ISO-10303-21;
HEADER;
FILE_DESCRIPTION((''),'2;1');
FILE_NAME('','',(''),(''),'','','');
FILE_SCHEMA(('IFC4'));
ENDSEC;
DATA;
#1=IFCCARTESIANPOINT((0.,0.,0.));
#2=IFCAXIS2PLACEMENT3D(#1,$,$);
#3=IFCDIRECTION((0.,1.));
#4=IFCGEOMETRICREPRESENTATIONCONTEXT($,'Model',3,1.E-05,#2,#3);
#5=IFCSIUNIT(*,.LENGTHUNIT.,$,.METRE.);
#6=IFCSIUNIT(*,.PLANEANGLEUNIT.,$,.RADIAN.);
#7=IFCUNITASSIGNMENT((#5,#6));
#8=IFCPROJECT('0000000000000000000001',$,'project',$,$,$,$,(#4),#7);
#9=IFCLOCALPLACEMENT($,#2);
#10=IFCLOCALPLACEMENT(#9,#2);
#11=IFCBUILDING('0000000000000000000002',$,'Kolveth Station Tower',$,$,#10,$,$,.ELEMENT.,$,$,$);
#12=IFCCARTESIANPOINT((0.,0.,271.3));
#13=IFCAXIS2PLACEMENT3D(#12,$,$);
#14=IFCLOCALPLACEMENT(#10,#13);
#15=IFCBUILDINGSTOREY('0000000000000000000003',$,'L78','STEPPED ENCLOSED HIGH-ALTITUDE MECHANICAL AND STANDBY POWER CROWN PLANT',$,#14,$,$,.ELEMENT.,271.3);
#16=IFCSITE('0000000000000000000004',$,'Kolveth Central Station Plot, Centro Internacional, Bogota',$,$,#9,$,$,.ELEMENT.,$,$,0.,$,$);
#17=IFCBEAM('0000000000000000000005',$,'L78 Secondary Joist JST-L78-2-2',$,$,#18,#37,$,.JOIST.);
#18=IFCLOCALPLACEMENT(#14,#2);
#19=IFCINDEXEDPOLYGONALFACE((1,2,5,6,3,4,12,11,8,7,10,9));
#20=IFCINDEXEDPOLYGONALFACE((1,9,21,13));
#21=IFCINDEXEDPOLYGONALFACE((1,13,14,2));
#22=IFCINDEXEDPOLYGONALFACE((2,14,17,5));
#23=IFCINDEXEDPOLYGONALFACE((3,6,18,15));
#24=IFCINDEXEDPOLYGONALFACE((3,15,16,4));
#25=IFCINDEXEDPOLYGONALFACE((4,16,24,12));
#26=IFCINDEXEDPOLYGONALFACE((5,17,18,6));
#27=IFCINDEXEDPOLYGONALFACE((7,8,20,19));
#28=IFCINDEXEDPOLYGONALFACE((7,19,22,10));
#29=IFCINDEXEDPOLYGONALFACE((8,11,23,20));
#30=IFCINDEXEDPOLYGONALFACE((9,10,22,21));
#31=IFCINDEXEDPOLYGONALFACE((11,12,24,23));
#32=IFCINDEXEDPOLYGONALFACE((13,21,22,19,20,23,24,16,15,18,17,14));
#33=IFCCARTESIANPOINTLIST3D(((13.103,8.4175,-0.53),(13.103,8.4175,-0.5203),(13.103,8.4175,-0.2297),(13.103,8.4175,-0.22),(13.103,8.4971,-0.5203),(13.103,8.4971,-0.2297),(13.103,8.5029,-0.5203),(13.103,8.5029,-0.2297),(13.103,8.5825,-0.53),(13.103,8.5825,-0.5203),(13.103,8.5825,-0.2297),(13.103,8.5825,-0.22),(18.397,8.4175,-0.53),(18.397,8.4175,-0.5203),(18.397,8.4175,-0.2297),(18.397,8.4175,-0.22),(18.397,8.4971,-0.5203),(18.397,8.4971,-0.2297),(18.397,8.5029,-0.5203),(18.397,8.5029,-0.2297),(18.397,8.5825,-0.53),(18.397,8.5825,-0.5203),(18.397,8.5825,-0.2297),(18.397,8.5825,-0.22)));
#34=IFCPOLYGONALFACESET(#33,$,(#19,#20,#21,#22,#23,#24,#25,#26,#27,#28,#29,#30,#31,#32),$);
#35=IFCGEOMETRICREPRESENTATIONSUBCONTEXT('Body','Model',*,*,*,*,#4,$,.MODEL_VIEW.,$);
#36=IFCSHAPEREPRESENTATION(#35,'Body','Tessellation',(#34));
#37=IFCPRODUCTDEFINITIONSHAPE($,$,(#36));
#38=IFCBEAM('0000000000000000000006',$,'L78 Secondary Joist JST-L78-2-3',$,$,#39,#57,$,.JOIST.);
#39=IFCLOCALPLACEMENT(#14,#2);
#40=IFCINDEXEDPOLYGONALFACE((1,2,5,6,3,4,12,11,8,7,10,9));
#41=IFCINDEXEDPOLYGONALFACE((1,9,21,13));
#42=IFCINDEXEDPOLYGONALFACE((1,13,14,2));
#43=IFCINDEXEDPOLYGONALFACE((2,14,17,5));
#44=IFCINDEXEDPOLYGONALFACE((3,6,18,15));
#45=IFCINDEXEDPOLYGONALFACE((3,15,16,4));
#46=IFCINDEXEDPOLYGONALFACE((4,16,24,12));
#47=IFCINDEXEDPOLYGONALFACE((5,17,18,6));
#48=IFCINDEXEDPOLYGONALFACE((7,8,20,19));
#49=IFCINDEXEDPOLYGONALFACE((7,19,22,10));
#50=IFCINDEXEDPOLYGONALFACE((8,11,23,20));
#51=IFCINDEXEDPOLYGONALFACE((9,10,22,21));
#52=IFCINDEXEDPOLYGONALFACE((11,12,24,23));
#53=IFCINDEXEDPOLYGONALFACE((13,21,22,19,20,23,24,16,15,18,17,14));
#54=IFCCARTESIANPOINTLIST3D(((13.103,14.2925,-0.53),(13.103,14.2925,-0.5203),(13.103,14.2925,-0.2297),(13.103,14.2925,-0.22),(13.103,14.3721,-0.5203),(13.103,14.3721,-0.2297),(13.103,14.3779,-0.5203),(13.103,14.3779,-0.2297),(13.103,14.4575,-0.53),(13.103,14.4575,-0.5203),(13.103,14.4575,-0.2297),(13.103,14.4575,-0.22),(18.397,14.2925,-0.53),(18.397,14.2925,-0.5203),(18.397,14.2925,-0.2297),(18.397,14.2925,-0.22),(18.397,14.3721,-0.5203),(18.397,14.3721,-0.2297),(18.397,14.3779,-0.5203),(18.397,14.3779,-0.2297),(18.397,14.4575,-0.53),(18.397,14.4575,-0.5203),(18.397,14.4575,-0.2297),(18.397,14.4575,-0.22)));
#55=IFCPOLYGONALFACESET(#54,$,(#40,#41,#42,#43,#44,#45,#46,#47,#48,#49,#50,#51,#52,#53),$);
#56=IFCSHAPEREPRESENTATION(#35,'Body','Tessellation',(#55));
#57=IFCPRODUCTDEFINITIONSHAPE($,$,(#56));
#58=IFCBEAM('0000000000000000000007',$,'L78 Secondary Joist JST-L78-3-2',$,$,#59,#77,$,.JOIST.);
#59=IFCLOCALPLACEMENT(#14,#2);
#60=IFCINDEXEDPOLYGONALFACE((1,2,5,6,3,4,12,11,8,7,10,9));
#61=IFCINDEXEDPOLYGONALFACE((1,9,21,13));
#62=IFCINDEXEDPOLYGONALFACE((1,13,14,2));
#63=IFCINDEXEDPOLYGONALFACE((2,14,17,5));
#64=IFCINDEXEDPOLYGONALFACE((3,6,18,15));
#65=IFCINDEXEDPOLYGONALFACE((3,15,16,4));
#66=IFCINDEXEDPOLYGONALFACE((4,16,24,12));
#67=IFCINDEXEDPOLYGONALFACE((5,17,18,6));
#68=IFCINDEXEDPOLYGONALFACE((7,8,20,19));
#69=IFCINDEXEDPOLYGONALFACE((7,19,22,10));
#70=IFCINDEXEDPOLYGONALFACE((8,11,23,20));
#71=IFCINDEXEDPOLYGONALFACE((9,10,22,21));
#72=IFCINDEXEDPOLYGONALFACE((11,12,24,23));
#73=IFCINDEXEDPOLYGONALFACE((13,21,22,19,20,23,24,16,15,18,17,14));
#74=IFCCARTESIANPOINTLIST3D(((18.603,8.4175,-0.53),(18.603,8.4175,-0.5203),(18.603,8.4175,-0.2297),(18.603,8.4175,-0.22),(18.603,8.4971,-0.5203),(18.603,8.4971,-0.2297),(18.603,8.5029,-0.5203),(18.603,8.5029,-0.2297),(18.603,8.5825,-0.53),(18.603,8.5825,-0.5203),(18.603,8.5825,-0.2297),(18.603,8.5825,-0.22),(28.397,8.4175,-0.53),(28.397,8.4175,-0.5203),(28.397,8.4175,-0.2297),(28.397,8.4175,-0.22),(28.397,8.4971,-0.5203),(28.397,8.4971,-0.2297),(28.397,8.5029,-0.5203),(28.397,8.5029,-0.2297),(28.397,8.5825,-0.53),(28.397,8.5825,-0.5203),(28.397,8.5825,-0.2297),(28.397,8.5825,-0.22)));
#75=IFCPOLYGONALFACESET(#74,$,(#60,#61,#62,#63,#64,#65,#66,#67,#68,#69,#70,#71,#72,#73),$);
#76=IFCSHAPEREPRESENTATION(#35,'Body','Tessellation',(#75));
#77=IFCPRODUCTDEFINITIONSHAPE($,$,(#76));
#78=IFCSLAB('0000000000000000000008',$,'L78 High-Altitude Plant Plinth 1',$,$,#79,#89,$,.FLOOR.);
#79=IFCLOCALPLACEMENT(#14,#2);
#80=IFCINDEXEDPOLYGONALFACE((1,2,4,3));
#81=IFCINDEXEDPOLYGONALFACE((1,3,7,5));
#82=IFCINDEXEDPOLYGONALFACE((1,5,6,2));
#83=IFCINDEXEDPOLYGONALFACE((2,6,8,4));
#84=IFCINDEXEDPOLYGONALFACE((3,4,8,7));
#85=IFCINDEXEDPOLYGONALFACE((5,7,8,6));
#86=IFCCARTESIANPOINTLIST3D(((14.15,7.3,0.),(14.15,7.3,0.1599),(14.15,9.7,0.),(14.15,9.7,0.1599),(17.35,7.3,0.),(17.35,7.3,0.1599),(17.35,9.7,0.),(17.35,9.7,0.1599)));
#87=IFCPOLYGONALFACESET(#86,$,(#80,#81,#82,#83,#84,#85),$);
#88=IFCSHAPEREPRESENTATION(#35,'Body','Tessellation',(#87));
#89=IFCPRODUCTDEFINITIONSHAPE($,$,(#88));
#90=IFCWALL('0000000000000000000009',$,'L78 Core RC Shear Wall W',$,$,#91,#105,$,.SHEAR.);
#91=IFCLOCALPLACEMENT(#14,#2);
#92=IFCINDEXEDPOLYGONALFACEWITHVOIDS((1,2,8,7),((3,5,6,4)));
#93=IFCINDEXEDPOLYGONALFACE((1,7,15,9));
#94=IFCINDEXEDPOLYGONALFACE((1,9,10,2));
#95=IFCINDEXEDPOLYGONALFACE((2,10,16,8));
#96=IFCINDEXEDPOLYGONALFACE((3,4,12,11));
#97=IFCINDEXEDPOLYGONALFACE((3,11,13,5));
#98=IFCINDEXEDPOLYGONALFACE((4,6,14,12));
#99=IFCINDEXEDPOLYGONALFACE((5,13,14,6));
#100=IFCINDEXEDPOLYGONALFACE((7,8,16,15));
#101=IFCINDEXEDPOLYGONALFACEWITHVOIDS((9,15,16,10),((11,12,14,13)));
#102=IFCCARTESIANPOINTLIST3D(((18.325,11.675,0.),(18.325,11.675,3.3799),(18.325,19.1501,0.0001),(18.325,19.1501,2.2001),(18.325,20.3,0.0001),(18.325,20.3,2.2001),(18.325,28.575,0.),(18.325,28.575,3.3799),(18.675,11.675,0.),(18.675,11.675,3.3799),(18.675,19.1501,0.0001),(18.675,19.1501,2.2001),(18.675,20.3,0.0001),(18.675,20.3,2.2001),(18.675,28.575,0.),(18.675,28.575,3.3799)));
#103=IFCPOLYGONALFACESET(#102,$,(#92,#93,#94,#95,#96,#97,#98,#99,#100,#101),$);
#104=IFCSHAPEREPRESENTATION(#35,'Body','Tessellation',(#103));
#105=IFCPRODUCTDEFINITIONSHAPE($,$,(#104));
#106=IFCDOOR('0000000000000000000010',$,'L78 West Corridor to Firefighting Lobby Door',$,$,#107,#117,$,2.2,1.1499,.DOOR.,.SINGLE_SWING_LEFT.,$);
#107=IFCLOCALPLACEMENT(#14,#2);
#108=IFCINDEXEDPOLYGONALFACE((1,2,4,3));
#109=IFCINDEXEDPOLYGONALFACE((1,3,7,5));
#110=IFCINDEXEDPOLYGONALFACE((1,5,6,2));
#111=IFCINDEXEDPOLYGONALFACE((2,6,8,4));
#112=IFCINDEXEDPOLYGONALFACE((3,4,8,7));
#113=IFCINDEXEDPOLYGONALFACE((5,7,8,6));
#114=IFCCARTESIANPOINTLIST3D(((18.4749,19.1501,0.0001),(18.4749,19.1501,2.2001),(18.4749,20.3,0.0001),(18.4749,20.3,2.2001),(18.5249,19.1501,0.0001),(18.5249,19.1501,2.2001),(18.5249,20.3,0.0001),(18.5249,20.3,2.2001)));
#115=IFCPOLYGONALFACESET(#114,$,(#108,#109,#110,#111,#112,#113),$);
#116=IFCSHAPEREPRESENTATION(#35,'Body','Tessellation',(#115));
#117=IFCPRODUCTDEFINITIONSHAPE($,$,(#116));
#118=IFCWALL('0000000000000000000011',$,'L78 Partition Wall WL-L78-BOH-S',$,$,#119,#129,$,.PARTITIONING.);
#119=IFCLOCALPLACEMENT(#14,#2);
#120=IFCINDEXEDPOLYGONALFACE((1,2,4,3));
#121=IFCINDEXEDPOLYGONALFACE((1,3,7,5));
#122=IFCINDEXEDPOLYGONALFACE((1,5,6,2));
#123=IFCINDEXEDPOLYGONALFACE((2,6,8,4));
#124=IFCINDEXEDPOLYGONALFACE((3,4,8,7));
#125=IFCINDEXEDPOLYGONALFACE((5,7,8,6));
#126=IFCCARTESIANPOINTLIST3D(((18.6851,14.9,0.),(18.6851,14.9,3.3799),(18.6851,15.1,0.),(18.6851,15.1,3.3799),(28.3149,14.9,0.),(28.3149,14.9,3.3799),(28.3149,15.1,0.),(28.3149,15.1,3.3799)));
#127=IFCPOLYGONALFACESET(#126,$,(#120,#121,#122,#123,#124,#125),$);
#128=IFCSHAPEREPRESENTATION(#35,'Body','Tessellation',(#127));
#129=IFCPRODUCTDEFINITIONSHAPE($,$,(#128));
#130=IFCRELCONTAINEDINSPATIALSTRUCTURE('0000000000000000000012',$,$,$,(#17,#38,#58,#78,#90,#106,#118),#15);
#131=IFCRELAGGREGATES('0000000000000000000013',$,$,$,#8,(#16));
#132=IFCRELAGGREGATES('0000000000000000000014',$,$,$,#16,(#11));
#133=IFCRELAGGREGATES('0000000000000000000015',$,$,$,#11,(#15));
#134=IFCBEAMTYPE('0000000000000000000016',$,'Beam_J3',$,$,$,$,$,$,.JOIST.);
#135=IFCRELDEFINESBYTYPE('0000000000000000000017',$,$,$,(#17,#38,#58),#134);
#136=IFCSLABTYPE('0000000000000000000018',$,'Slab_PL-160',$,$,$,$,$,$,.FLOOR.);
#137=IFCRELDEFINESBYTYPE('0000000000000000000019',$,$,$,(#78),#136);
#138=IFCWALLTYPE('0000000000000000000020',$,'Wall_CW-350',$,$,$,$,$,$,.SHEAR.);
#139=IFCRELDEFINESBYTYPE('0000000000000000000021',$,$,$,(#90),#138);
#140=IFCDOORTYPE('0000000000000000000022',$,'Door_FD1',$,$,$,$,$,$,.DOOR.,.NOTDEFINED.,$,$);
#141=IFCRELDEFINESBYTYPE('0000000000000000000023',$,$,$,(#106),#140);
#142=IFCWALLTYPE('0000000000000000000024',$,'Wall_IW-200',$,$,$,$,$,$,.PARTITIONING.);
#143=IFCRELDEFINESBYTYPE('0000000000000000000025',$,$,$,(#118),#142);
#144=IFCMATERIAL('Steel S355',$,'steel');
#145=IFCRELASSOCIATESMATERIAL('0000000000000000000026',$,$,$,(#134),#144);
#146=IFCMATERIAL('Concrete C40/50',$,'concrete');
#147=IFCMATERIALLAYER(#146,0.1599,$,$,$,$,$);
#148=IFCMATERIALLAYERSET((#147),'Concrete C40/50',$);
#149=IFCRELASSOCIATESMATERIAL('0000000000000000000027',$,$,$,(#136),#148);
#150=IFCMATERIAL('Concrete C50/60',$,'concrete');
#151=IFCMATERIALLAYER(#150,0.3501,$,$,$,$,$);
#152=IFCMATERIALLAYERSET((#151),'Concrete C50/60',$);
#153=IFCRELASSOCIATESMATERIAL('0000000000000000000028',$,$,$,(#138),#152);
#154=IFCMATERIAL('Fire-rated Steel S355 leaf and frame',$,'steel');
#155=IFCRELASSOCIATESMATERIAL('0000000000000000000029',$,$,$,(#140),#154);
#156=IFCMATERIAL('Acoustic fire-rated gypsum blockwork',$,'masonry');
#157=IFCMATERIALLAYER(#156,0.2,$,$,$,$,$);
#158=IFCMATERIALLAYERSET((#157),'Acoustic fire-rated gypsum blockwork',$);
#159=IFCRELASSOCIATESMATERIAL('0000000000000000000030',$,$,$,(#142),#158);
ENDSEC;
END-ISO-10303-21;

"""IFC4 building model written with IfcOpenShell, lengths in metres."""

from ifc_helpers import new_model, si_unit, direction, frame, frame_2d, origin, origin_2d, place, context, subcontext, project, spatial, rectangle, i_section, extrude, source, transform, mapped, material, layer, layer_set, material_profile, profile_set, type_object, element, fill, save


model = new_model("IFC4")

# Units and contexts
model_context = context("Model", 3, precision=1e-05, world=origin(), true_north=direction((0.0, 1.0)))
body_context = subcontext(model_context, "Body", "Model", "MODEL_VIEW")
ifc_project = project(units=[si_unit("LENGTHUNIT", "METRE"), si_unit("PLANEANGLEUNIT", "RADIAN")], contexts=[model_context])

# Site, building, storey
site_placement = place(None, origin())
site = spatial("IfcSite", under=ifc_project, at=site_placement, Name="Kolveth Central Station Plot, Centro Internacional, Bogota", CompositionType="ELEMENT", RefElevation=0.0)
building_placement = place(site_placement, origin())
building = spatial("IfcBuilding", under=site, at=building_placement, Name="Kolveth Station Tower", CompositionType="ELEMENT")
storey_placement = place(building_placement, frame((0.0, 0.0, 271.3)))
storey = spatial("IfcBuildingStorey", under=building, at=storey_placement, Name="L78", Description="STEPPED ENCLOSED HIGH-ALTITUDE MECHANICAL AND STANDBY POWER CROWN PLANT", CompositionType="ELEMENT", Elevation=271.3)

# Shared definitions
ifc_material_1 = material(Name="Steel S355", Category="steel")

# Beams
ifc_material_profile_1 = material_profile(ifc_material_1, i_section(OverallWidth=0.165, OverallDepth=0.3101, WebThickness=0.0059, FlangeThickness=0.0098, at=origin_2d()), Name="W310x39")
ifc_profile_set_1 = profile_set([ifc_material_profile_1], Name="Steel S355")
beam_type_1 = type_object("IfcBeamType", Name="Beam_J3", PredefinedType="JOIST", material=ifc_profile_set_1)
shared_shape_1 = source(origin(), body_context, "Body", "SweptSolid", [
    extrude(i_section(OverallWidth=0.165, OverallDepth=0.3101, WebThickness=0.0059, FlangeThickness=0.0098, at=origin_2d()), origin(), (0.0, 0.0, 1.0), 5.2939),
])
for number, where, z_axis, x_axis, name in (
    (1, (13.103, 8.5, -0.375), (1.0, 0.0, 0.0), (0.0, 1.0, 0.0), "L78 Secondary Joist JST-L78-2-2"),
    (2, (13.103, 14.375, -0.375), (1.0, 0.0, 0.0), (0.0, 1.0, 0.0), "L78 Secondary Joist JST-L78-2-3"),
):
    element("IfcBeam", number, at=place(storey_placement, frame(where, z_axis=z_axis, x_axis=x_axis)), inside=storey, type_object=beam_type_1, Name=name, PredefinedType="JOIST", context=body_context, shape_type="MappedRepresentation", body=[
        mapped(shared_shape_1, transform((0.0, 0.0, 0.0), x_axis=(1.0, 0.0, 0.0), y_axis=(0.0, 1.0, 0.0), z_axis=(0.0, 0.0, 1.0), scale=1.0)),
    ])
shared_shape_2 = source(origin(), body_context, "Body", "SweptSolid", [
    extrude(i_section(OverallWidth=0.165, OverallDepth=0.3101, WebThickness=0.0059, FlangeThickness=0.0098, at=origin_2d()), origin(), (0.0, 0.0, 1.0), 9.7939),
])
beam_1_placement = place(storey_placement, frame((18.603, 8.5, -0.375), z_axis=(1.0, 0.0, 0.0), x_axis=(0.0, 1.0, 0.0)))
element("IfcBeam", 3, at=beam_1_placement, inside=storey, type_object=beam_type_1, Name="L78 Secondary Joist JST-L78-3-2", PredefinedType="JOIST", context=body_context, shape_type="MappedRepresentation", body=[
    mapped(shared_shape_2, transform((0.0, 0.0, 0.0), x_axis=(1.0, 0.0, 0.0), y_axis=(0.0, 1.0, 0.0), z_axis=(0.0, 0.0, 1.0), scale=1.0)),
])

# Slab
ifc_material_2 = material(Name="Concrete C40/50", Category="concrete")
ifc_layer_1 = layer(ifc_material_2, 0.1599)
ifc_layer_set_1 = layer_set([ifc_layer_1], Name="Concrete C40/50")
slab_type = type_object("IfcSlabType", Name="Slab_PL-160", PredefinedType="FLOOR", material=ifc_layer_set_1)
shared_shape_3 = source(origin(), body_context, "Body", "SweptSolid", [
    extrude(rectangle(XDim=3.2, YDim=2.3999, at=origin_2d()), origin(), (0.0, 0.0, 1.0), 0.1599),
])
slab_placement = place(storey_placement, frame((15.75, 8.5, 0.0), z_axis=(0.0, 0.0, 1.0), x_axis=(1.0, 0.0, 0.0)))
element("IfcSlab", 4, at=slab_placement, inside=storey, type_object=slab_type, Name="L78 High-Altitude Plant Plinth 1", PredefinedType="FLOOR", context=body_context, shape_type="MappedRepresentation", body=[
    mapped(shared_shape_3, transform((0.0, 0.0, 0.0), x_axis=(1.0, 0.0, 0.0), y_axis=(0.0, 1.0, 0.0), z_axis=(0.0, 0.0, 1.0), scale=1.0)),
])

# Shared definitions
ifc_material_3 = material(Name="Concrete C50/60", Category="concrete")
ifc_layer_2 = layer(ifc_material_3, 0.3501)
ifc_layer_set_2 = layer_set([ifc_layer_2], Name="Concrete C50/60")
wall_type_1 = type_object("IfcWallType", Name="Wall_CW-350", PredefinedType="SHEAR", material=ifc_layer_set_2)

# Wall, opening, door
wall_1_placement = place(storey_placement, frame((18.5, 11.675, 0.0), z_axis=(0.0, 0.0, 1.0), x_axis=(0.0, 1.0, 0.0)))
wall_1 = element("IfcWall", 5, at=wall_1_placement, inside=storey, type_object=wall_type_1, Name="L78 Core RC Shear Wall W", PredefinedType="SHEAR", context=body_context, shape_type="SweptSolid", body=[
    extrude(rectangle(XDim=16.8999, YDim=0.3501, at=frame_2d((8.45, 0.0))), origin(), (0.0, 0.0, 1.0), 3.3799),
])
opening_1_placement = place(wall_1_placement, frame((7.4751, 0.0, 0.0)))
opening_1 = element("IfcOpeningElement", 6, at=opening_1_placement, cuts=wall_1, PredefinedType="OPENING", context=body_context, shape_type="SweptSolid", body=[
    extrude(rectangle(XDim=1.1499, YDim=2.2, at=frame_2d((0.575, 1.1001))), frame((0.0, 0.1851, 0.0), z_axis=(0.0, -1.0, 0.0), x_axis=(1.0, 0.0, 0.0)), (0.0, 0.0, 1.0), 0.3701),
])
ifc_material_4 = material(Name="Fire-rated Steel S355 leaf and frame", Category="steel")
door_type_1 = type_object("IfcDoorType", Name="Door_FD1", OperationType="NOTDEFINED", PredefinedType="DOOR", material=ifc_material_4)
door_1_placement = place(opening_1_placement, frame((1.1499, 0.0, 0.0), z_axis=(0.0, 0.0, 1.0), x_axis=(-1.0, 0.0, 0.0)))
door_1 = element("IfcDoor", 7, at=door_1_placement, inside=storey, type_object=door_type_1, Name="L78 West Corridor to Firefighting Lobby Door", OperationType="SINGLE_SWING_LEFT", OverallHeight=2.2, OverallWidth=1.1499, PredefinedType="DOOR", context=body_context, shape_type="SweptSolid", body=[
    extrude(rectangle(XDim=1.1499, YDim=2.2, at=frame_2d((0.575, 1.1001))), frame((0.0, 0.0249, 0.0), z_axis=(0.0, -1.0, 0.0), x_axis=(1.0, 0.0, 0.0)), (0.0, 0.0, 1.0), 0.05),
])
fill(opening_1, door_1)

# Wall
ifc_material_5 = material(Name="Acoustic fire-rated gypsum blockwork", Category="masonry")
ifc_layer_3 = layer(ifc_material_5, 0.2)
ifc_layer_set_3 = layer_set([ifc_layer_3], Name="Acoustic fire-rated gypsum blockwork")
wall_type_2 = type_object("IfcWallType", Name="Wall_IW-200", PredefinedType="PARTITIONING", material=ifc_layer_set_3)
wall_2_placement = place(storey_placement, frame((18.6851, 15.0, 0.0), z_axis=(0.0, 0.0, 1.0), x_axis=(1.0, 0.0, 0.0)))
element("IfcWall", 8, at=wall_2_placement, inside=storey, type_object=wall_type_2, Name="L78 Partition Wall WL-L78-BOH-S", PredefinedType="PARTITIONING", context=body_context, shape_type="SweptSolid", body=[
    extrude(rectangle(XDim=9.6299, YDim=0.2, at=frame_2d((4.8149, 0.0))), origin(), (0.0, 0.0, 1.0), 3.3799),
])

save(model, "model.ifc")
